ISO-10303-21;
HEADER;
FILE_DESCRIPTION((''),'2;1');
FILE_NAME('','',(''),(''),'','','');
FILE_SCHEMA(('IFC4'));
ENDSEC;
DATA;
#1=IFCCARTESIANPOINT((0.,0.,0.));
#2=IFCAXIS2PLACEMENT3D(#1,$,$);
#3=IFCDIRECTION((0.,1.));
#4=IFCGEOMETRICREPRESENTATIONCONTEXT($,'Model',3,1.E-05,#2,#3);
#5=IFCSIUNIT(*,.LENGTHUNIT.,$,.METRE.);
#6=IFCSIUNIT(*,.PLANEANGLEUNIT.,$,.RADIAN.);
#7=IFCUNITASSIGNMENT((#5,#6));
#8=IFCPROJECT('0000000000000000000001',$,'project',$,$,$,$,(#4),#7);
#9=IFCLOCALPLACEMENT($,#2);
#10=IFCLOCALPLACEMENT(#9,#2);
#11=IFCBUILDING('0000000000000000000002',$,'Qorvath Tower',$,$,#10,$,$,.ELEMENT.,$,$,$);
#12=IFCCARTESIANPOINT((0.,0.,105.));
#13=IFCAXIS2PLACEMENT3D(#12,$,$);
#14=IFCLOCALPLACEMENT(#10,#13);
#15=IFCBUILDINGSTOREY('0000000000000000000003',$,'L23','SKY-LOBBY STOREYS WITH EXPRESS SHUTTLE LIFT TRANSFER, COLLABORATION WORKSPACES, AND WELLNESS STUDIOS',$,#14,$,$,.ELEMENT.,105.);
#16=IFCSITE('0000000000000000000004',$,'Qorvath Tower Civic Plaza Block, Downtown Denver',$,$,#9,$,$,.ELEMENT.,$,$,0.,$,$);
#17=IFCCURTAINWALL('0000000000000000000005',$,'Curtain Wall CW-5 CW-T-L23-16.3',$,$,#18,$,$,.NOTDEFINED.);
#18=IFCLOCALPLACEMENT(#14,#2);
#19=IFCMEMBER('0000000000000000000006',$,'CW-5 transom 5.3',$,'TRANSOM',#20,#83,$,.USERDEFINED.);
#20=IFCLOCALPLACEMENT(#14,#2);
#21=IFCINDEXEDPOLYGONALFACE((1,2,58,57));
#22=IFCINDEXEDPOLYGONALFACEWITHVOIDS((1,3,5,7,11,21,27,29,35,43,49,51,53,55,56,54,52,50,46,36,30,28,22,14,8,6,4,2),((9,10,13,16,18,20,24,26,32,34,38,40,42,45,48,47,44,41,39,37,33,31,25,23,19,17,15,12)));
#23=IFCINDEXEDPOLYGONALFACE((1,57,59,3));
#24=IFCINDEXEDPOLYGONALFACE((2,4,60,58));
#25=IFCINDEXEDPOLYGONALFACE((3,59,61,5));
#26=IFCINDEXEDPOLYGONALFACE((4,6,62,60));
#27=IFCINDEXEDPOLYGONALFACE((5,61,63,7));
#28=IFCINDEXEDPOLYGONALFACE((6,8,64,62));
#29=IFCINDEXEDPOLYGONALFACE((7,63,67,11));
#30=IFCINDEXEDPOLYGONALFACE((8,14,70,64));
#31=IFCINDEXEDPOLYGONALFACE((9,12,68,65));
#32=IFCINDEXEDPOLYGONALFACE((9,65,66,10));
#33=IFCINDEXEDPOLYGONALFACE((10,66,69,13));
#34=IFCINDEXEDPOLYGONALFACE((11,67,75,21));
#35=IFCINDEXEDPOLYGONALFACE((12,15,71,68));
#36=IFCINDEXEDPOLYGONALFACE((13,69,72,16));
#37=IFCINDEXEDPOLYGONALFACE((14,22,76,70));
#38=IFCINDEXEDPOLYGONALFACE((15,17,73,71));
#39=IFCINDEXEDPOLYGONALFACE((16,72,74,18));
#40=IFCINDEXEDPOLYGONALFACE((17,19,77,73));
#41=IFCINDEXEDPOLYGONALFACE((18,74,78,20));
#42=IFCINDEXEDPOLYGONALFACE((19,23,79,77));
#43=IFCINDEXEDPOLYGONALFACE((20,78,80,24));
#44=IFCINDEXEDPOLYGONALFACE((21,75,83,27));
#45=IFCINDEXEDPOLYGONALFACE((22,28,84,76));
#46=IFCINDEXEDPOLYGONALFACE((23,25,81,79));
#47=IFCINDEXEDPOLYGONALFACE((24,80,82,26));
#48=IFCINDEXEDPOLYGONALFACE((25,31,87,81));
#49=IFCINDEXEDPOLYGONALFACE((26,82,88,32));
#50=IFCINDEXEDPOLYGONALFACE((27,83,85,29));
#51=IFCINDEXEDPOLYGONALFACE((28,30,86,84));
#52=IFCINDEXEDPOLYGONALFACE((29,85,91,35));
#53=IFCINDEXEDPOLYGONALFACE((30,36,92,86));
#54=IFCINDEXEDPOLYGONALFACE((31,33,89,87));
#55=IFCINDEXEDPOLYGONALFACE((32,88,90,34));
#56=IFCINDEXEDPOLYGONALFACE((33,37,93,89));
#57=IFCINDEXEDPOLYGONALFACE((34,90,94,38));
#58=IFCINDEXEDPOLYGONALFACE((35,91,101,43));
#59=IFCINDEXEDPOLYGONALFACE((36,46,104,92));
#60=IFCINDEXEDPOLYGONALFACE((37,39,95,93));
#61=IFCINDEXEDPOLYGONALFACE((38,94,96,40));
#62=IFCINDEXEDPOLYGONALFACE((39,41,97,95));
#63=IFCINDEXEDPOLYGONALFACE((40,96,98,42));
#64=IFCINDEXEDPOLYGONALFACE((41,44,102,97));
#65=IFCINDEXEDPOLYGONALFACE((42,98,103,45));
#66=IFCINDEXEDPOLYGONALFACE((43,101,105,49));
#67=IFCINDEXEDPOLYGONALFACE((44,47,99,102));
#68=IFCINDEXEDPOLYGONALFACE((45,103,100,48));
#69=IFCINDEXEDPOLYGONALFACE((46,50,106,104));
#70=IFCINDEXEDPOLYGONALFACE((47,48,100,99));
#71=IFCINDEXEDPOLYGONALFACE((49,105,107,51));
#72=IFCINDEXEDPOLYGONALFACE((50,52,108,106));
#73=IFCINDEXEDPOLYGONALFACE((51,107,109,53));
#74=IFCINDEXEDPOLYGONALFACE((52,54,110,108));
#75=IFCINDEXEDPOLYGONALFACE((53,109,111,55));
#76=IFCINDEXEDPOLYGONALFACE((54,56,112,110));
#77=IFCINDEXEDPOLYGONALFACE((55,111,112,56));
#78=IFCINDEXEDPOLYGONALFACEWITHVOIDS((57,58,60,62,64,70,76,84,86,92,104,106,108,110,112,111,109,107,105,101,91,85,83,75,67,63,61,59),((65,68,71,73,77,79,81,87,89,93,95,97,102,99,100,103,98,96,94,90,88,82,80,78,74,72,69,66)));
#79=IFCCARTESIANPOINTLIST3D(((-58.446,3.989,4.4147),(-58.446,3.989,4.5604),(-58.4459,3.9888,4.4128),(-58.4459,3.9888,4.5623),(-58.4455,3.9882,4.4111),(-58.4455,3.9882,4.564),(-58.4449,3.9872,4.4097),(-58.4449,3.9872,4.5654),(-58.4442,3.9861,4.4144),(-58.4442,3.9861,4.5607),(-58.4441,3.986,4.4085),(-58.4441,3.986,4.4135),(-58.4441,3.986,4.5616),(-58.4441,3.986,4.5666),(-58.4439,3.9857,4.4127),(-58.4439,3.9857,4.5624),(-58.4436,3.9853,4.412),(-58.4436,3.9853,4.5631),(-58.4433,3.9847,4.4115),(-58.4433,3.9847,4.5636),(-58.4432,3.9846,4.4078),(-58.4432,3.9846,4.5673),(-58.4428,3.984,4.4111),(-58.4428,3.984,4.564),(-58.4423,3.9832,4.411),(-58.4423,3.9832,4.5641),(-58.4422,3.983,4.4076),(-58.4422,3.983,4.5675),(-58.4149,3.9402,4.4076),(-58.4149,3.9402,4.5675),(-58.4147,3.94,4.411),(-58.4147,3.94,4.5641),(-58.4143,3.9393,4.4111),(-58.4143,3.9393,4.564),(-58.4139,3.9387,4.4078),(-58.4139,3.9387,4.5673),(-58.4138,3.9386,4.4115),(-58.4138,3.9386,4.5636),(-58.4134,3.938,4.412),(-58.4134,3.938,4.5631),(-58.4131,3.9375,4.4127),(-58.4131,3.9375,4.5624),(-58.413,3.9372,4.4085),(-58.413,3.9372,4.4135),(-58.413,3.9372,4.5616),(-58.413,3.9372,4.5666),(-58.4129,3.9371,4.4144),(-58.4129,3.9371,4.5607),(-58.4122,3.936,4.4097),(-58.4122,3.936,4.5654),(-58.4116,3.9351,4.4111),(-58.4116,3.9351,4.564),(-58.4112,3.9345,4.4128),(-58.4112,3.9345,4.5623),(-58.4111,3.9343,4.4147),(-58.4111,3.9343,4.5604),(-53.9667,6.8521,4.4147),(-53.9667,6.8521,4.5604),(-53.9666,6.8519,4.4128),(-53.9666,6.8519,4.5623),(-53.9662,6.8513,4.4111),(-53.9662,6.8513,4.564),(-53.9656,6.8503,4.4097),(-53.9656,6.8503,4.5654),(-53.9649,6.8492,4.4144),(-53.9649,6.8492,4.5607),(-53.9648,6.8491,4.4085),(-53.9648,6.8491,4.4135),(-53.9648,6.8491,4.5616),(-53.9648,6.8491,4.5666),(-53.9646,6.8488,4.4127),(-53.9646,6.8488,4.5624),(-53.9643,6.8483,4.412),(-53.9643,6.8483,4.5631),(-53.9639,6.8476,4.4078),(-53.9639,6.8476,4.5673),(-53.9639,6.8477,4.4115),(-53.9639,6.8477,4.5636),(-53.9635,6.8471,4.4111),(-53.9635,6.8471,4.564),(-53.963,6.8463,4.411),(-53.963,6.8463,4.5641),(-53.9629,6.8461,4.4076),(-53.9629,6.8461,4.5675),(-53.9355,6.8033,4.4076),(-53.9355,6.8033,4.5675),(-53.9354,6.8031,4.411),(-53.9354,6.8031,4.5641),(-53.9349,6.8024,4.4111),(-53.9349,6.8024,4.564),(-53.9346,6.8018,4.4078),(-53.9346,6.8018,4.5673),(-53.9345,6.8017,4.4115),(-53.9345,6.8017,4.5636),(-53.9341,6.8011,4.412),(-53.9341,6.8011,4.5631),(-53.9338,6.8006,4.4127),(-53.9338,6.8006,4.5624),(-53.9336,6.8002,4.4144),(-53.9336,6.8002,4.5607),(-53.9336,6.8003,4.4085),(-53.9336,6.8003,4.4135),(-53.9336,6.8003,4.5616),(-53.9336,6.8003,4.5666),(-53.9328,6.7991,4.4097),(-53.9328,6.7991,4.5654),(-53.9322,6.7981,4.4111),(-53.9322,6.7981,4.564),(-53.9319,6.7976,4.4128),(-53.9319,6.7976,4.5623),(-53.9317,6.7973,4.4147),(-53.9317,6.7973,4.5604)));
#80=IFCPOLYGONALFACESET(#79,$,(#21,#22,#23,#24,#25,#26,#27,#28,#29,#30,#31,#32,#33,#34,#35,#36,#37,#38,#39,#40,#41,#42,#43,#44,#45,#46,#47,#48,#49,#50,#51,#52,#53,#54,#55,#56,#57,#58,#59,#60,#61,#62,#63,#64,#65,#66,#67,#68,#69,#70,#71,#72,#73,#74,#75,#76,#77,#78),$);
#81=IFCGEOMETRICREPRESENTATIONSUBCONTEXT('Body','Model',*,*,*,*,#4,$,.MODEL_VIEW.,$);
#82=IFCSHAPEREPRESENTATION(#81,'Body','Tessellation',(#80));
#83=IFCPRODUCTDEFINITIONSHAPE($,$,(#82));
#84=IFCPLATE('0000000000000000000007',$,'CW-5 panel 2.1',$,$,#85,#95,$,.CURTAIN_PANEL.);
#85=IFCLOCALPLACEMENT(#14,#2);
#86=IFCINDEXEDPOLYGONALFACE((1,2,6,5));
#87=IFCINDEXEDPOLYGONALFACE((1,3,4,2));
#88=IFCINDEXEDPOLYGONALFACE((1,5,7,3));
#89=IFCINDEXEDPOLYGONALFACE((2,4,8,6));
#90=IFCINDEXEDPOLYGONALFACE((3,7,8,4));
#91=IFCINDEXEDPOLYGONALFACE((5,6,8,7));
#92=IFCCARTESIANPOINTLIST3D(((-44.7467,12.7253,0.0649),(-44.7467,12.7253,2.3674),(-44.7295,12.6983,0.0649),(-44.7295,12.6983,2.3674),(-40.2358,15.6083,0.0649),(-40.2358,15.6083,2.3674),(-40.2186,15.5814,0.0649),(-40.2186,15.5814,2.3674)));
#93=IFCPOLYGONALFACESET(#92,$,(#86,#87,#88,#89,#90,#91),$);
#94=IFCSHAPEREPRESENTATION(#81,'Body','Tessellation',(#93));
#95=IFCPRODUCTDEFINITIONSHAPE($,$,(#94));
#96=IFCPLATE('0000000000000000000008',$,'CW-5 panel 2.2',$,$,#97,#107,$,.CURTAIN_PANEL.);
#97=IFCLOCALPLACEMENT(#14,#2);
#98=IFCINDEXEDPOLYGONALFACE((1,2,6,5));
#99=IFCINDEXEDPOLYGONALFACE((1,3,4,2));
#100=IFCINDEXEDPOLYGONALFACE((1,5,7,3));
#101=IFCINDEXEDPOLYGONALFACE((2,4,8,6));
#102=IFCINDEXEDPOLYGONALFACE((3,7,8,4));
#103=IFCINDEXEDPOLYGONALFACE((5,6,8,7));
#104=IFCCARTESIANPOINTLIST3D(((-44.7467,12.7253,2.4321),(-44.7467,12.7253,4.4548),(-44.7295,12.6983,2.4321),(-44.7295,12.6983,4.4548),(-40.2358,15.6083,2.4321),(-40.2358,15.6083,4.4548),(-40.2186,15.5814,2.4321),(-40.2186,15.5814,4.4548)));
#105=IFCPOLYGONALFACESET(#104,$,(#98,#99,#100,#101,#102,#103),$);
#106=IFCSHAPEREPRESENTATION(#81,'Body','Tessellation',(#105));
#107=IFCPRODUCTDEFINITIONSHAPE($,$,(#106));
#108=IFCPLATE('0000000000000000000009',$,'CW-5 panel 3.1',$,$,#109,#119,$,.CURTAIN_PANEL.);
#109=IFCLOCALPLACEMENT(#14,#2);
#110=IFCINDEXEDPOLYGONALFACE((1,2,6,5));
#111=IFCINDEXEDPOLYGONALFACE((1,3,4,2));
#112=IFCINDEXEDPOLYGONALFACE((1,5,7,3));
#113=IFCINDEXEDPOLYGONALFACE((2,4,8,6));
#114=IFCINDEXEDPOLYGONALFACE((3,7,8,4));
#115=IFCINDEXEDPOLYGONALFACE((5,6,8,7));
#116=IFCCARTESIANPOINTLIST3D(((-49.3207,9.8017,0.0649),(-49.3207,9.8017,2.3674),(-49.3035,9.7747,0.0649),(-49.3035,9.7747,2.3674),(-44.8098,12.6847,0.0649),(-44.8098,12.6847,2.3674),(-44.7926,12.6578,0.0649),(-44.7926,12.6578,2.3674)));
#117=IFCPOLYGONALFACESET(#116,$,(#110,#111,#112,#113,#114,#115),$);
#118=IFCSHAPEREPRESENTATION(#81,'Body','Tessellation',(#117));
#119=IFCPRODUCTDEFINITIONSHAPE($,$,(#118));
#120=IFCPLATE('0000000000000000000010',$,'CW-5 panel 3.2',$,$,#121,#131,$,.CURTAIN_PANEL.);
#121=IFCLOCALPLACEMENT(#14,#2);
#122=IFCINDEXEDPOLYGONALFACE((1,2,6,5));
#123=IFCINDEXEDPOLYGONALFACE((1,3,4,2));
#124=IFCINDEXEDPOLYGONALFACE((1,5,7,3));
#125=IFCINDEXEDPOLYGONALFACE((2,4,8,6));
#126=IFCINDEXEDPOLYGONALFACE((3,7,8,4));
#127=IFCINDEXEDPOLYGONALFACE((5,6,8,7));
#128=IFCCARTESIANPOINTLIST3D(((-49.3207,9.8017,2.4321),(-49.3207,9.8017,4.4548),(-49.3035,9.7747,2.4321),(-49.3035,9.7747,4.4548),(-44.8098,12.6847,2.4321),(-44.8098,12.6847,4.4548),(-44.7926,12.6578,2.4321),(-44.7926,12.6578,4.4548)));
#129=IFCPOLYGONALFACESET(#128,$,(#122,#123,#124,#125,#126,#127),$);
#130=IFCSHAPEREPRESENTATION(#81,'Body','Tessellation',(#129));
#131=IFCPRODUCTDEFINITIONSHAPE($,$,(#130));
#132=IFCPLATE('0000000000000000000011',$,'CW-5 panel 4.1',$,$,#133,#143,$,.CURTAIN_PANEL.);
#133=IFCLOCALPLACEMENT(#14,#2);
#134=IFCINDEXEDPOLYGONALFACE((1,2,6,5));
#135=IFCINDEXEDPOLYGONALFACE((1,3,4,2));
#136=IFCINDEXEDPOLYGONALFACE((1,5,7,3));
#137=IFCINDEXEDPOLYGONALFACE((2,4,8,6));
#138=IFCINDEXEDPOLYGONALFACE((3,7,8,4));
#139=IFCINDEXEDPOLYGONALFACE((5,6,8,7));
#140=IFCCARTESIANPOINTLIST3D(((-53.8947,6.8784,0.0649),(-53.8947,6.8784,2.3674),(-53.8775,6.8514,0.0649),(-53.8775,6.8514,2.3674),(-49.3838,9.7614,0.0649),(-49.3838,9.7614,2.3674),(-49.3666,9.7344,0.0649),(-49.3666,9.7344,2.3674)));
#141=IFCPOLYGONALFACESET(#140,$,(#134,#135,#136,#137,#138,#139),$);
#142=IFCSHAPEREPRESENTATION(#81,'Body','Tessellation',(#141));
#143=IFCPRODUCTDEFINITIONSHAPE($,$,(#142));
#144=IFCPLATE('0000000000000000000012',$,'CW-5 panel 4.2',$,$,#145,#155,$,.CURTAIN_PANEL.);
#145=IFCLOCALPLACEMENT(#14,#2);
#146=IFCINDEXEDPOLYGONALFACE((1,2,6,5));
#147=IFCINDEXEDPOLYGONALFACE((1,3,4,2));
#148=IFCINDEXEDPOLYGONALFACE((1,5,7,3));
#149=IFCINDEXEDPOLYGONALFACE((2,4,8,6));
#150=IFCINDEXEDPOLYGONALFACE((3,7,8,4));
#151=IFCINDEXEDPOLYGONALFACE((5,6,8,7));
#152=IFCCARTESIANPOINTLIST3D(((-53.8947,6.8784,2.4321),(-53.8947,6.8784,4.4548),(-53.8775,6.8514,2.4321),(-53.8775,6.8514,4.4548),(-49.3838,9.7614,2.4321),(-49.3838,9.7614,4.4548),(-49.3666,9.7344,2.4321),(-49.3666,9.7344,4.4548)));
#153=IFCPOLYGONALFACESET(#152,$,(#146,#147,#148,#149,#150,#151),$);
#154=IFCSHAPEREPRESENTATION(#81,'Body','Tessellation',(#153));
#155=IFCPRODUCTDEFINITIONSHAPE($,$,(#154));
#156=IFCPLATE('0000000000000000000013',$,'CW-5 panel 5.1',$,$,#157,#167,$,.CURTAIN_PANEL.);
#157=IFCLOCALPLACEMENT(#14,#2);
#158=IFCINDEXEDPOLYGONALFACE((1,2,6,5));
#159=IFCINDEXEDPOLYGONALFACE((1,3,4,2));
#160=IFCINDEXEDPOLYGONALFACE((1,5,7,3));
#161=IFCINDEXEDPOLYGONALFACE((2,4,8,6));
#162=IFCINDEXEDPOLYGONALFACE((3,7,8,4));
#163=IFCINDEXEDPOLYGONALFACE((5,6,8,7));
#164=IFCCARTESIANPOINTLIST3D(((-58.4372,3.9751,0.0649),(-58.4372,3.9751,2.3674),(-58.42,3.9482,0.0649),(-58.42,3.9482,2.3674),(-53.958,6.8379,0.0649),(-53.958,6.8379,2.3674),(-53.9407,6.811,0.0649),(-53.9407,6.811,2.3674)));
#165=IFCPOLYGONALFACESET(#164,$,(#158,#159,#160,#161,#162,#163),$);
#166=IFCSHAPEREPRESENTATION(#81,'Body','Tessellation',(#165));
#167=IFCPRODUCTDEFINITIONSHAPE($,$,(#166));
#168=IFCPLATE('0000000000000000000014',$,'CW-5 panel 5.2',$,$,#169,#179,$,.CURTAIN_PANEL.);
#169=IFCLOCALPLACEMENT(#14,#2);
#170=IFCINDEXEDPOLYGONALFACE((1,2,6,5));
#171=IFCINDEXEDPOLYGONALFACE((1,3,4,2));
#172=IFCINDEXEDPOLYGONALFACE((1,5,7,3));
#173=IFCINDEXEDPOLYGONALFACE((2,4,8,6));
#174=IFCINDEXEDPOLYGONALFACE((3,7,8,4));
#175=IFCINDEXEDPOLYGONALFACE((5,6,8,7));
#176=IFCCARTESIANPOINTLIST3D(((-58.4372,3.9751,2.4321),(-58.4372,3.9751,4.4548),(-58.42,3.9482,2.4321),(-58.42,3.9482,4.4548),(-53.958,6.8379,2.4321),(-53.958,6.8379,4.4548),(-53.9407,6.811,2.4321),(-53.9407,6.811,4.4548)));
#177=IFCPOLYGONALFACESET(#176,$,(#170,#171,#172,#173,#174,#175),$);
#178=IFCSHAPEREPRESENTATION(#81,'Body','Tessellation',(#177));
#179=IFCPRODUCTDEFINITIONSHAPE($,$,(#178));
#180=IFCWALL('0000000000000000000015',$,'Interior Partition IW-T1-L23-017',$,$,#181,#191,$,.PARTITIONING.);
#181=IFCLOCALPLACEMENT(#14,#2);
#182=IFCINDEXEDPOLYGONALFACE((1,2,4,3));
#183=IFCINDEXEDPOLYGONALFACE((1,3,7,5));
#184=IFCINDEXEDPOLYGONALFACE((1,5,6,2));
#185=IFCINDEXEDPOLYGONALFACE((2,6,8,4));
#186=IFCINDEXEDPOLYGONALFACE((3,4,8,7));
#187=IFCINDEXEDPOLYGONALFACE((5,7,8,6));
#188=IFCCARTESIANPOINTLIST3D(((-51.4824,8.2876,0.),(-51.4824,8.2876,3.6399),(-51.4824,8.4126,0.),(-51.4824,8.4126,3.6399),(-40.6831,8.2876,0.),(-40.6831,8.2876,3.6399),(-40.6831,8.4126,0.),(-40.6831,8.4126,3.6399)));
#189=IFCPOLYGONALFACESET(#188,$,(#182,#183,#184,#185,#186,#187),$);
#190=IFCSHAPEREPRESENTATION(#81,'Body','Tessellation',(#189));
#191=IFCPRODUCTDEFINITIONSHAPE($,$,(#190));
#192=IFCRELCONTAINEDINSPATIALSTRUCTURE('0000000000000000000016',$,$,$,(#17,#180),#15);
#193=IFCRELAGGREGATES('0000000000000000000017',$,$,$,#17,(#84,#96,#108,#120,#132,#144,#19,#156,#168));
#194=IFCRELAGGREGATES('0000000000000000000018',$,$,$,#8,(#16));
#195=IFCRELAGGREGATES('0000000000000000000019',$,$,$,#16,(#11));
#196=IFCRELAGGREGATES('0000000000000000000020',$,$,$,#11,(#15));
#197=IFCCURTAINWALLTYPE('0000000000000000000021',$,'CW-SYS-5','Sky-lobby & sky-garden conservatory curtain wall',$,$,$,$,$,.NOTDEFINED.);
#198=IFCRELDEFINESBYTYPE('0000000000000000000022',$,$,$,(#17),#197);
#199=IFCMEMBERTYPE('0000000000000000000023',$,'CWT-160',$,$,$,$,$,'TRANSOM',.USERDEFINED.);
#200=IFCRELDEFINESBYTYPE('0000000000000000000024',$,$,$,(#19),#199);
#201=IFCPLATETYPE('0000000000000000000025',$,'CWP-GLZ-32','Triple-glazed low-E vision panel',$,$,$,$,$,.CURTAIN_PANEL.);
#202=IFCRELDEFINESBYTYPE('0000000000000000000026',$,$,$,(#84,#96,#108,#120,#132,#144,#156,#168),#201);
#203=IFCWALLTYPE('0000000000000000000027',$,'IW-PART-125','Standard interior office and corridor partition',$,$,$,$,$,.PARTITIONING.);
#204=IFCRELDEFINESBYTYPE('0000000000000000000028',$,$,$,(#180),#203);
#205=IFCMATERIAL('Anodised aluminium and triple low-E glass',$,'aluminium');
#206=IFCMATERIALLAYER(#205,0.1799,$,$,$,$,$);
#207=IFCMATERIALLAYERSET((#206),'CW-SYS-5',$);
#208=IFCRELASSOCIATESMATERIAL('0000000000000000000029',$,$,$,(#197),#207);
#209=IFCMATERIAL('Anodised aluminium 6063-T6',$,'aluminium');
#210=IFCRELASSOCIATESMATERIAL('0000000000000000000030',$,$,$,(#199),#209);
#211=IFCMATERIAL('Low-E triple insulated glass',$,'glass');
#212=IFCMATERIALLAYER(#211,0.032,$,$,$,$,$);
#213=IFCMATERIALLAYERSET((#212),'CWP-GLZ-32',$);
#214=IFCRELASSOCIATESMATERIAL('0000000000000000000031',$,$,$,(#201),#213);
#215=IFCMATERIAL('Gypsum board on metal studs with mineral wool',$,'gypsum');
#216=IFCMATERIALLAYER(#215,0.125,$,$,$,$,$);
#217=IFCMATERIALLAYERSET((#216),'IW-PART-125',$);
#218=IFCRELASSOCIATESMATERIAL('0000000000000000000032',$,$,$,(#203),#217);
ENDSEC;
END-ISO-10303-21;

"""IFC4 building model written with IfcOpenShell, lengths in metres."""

from ifc_helpers import new_model, si_unit, direction, frame, frame_2d, origin, origin_2d, place, context, subcontext, project, spatial, rectangle, hollow_rectangle, extrude, material, layer, layer_set, material_profile, profile_set, type_object, element, aggregate, save


model = new_model("IFC4")

# Units and contexts
model_context = context("Model", 3, precision=1e-05, world=origin(), true_north=direction((0.0, 1.0)))
body_context = subcontext(model_context, "Body", "Model", "MODEL_VIEW")
ifc_project = project(units=[si_unit("LENGTHUNIT", "METRE"), si_unit("PLANEANGLEUNIT", "RADIAN")], contexts=[model_context])

# Site, building, storey
site_placement = place(None, origin())
site = spatial("IfcSite", under=ifc_project, at=site_placement, Name="Qorvath Tower Civic Plaza Block, Downtown Denver", CompositionType="ELEMENT", RefElevation=0.0)
building_placement = place(site_placement, origin())
building = spatial("IfcBuilding", under=site, at=building_placement, Name="Qorvath Tower", CompositionType="ELEMENT")
storey_placement = place(building_placement, frame((0.0, 0.0, 105.0)))
storey = spatial("IfcBuildingStorey", under=building, at=storey_placement, Name="L23", Description="SKY-LOBBY STOREYS WITH EXPRESS SHUTTLE LIFT TRANSFER, COLLABORATION WORKSPACES, AND WELLNESS STUDIOS", CompositionType="ELEMENT", Elevation=105.0)

# Curtain wall, member, plates
ifc_material_1 = material(Name="Anodised aluminium and triple low-E glass", Category="aluminium")
ifc_layer_1 = layer(ifc_material_1, 0.1799)
ifc_layer_set_1 = layer_set([ifc_layer_1], Name="CW-SYS-5")
curtain_wall_type = type_object("IfcCurtainWallType", Name="CW-SYS-5", Description="Sky-lobby & sky-garden conservatory curtain wall", PredefinedType="NOTDEFINED", material=ifc_layer_set_1)
curtain_wall_placement = place(storey_placement, origin())
curtain_wall = element("IfcCurtainWall", 1, at=curtain_wall_placement, inside=storey, type_object=curtain_wall_type, Name="Curtain Wall CW-5 CW-T-L23-16.3", PredefinedType="NOTDEFINED")
ifc_material_2 = material(Name="Anodised aluminium 6063-T6", Category="aluminium")
ifc_material_profile_1 = material_profile(ifc_material_2, hollow_rectangle(XDim=0.0649, YDim=0.1599, WallThickness=0.0034, InnerFilletRadius=0.0034, OuterFilletRadius=0.0071, at=origin_2d()), Name="CWT 160x65")
ifc_profile_set_1 = profile_set([ifc_material_profile_1], Name="Anodised aluminium 6063-T6")
member_type_1 = type_object("IfcMemberType", Name="CWT-160", ElementType="TRANSOM", PredefinedType="USERDEFINED", material=ifc_profile_set_1)
member_1_placement = place(storey_placement, frame((-53.9492, 6.8247, 4.4875), z_axis=(-0.842586, -0.538562, 0.0), x_axis=(0.538562, -0.842586, 0.0)))
member_1 = element("IfcMember", 2, at=member_1_placement, type_object=member_type_1, Name="CW-5 transom 5.3", ObjectType="TRANSOM", PredefinedType="USERDEFINED", context=body_context, shape_type="SweptSolid", body=[
    extrude(hollow_rectangle(XDim=0.0649, YDim=0.1599, WallThickness=0.0034, InnerFilletRadius=0.0034, OuterFilletRadius=0.0071, at=origin_2d()), origin(), (0.0, 0.0, 1.0), 5.3162),
])
ifc_material_3 = material(Name="Low-E triple insulated glass", Category="glass")
ifc_layer_2 = layer(ifc_material_3, 0.032)
ifc_layer_set_2 = layer_set([ifc_layer_2], Name="CWP-GLZ-32")
plate_type = type_object("IfcPlateType", Name="CWP-GLZ-32", Description="Triple-glazed low-E vision panel", PredefinedType="CURTAIN_PANEL", material=ifc_layer_set_2)
plate_1_placement = place(storey_placement, frame((-42.4827, 14.1533, 0.0649), z_axis=(0.0, 0.0, 1.0), x_axis=(-0.842605, -0.538532, 0.0)))
plate_1 = element("IfcPlate", 3, at=plate_1_placement, type_object=plate_type, Name="CW-5 panel 2.1", PredefinedType="CURTAIN_PANEL", context=body_context, shape_type="SweptSolid", body=[
    extrude(rectangle(XDim=5.3535, YDim=0.032, at=origin_2d()), origin(), (0.0, 0.0, 1.0), 2.3025),
])
plate_2_placement = place(storey_placement, frame((-42.4827, 14.1533, 2.4321), z_axis=(0.0, 0.0, 1.0), x_axis=(-0.842605, -0.538532, 0.0)))
plate_2 = element("IfcPlate", 4, at=plate_2_placement, type_object=plate_type, Name="CW-5 panel 2.2", PredefinedType="CURTAIN_PANEL", context=body_context, shape_type="SweptSolid", body=[
    extrude(rectangle(XDim=5.3535, YDim=0.032, at=origin_2d()), origin(), (0.0, 0.0, 1.0), 2.0227),
])
plate_3_placement = place(storey_placement, frame((-47.0566, 11.2297, 0.0649), z_axis=(0.0, 0.0, 1.0), x_axis=(-0.842605, -0.538532, 0.0)))
plate_3 = element("IfcPlate", 5, at=plate_3_placement, type_object=plate_type, Name="CW-5 panel 3.1", PredefinedType="CURTAIN_PANEL", context=body_context, shape_type="SweptSolid", body=[
    extrude(rectangle(XDim=5.3535, YDim=0.032, at=origin_2d()), origin(), (0.0, 0.0, 1.0), 2.3025),
])
plate_4_placement = place(storey_placement, frame((-47.0566, 11.2297, 2.4321), z_axis=(0.0, 0.0, 1.0), x_axis=(-0.842605, -0.538532, 0.0)))
plate_4 = element("IfcPlate", 6, at=plate_4_placement, type_object=plate_type, Name="CW-5 panel 3.2", PredefinedType="CURTAIN_PANEL", context=body_context, shape_type="SweptSolid", body=[
    extrude(rectangle(XDim=5.3535, YDim=0.032, at=origin_2d()), origin(), (0.0, 0.0, 1.0), 2.0227),
])
plate_5_placement = place(storey_placement, frame((-51.6306, 8.3064, 0.0649), z_axis=(0.0, 0.0, 1.0), x_axis=(-0.842605, -0.538532, 0.0)))
plate_5 = element("IfcPlate", 7, at=plate_5_placement, type_object=plate_type, Name="CW-5 panel 4.1", PredefinedType="CURTAIN_PANEL", context=body_context, shape_type="SweptSolid", body=[
    extrude(rectangle(XDim=5.3535, YDim=0.032, at=origin_2d()), origin(), (0.0, 0.0, 1.0), 2.3025),
])
plate_6_placement = place(storey_placement, frame((-51.6306, 8.3064, 2.4321), z_axis=(0.0, 0.0, 1.0), x_axis=(-0.842605, -0.538532, 0.0)))
plate_6 = element("IfcPlate", 8, at=plate_6_placement, type_object=plate_type, Name="CW-5 panel 4.2", PredefinedType="CURTAIN_PANEL", context=body_context, shape_type="SweptSolid", body=[
    extrude(rectangle(XDim=5.3535, YDim=0.032, at=origin_2d()), origin(), (0.0, 0.0, 1.0), 2.0227),
])
plate_7_placement = place(storey_placement, frame((-56.189, 5.3931, 0.0649), z_axis=(0.0, 0.0, 1.0), x_axis=(-0.842605, -0.538532, 0.0)))
plate_7 = element("IfcPlate", 9, at=plate_7_placement, type_object=plate_type, Name="CW-5 panel 5.1", PredefinedType="CURTAIN_PANEL", context=body_context, shape_type="SweptSolid", body=[
    extrude(rectangle(XDim=5.3159, YDim=0.032, at=origin_2d()), origin(), (0.0, 0.0, 1.0), 2.3025),
])
plate_8_placement = place(storey_placement, frame((-56.189, 5.3931, 2.4321), z_axis=(0.0, 0.0, 1.0), x_axis=(-0.842605, -0.538532, 0.0)))
plate_8 = element("IfcPlate", 10, at=plate_8_placement, type_object=plate_type, Name="CW-5 panel 5.2", PredefinedType="CURTAIN_PANEL", context=body_context, shape_type="SweptSolid", body=[
    extrude(rectangle(XDim=5.3159, YDim=0.032, at=origin_2d()), origin(), (0.0, 0.0, 1.0), 2.0227),
])
aggregate(curtain_wall, [plate_1, plate_2, plate_3, plate_4, plate_5, plate_6, member_1, plate_7, plate_8])

# Wall
ifc_material_4 = material(Name="Gypsum board on metal studs with mineral wool", Category="gypsum")
ifc_layer_3 = layer(ifc_material_4, 0.125)
ifc_layer_set_3 = layer_set([ifc_layer_3], Name="IW-PART-125")
wall_type = type_object("IfcWallType", Name="IW-PART-125", Description="Standard interior office and corridor partition", PredefinedType="PARTITIONING", material=ifc_layer_set_3)
wall_placement = place(storey_placement, frame((-51.4824, 8.3501, 0.0), z_axis=(0.0, 0.0, 1.0), x_axis=(1.0, 0.0, 0.0)))
element("IfcWall", 11, at=wall_placement, inside=storey, type_object=wall_type, Name="Interior Partition IW-T1-L23-017", PredefinedType="PARTITIONING", context=body_context, shape_type="SweptSolid", body=[
    extrude(rectangle(XDim=10.7993, YDim=0.125, at=frame_2d((5.3997, 0.0))), origin(), (0.0, 0.0, 1.0), 3.6399),
])

save(model, "model.ifc")
